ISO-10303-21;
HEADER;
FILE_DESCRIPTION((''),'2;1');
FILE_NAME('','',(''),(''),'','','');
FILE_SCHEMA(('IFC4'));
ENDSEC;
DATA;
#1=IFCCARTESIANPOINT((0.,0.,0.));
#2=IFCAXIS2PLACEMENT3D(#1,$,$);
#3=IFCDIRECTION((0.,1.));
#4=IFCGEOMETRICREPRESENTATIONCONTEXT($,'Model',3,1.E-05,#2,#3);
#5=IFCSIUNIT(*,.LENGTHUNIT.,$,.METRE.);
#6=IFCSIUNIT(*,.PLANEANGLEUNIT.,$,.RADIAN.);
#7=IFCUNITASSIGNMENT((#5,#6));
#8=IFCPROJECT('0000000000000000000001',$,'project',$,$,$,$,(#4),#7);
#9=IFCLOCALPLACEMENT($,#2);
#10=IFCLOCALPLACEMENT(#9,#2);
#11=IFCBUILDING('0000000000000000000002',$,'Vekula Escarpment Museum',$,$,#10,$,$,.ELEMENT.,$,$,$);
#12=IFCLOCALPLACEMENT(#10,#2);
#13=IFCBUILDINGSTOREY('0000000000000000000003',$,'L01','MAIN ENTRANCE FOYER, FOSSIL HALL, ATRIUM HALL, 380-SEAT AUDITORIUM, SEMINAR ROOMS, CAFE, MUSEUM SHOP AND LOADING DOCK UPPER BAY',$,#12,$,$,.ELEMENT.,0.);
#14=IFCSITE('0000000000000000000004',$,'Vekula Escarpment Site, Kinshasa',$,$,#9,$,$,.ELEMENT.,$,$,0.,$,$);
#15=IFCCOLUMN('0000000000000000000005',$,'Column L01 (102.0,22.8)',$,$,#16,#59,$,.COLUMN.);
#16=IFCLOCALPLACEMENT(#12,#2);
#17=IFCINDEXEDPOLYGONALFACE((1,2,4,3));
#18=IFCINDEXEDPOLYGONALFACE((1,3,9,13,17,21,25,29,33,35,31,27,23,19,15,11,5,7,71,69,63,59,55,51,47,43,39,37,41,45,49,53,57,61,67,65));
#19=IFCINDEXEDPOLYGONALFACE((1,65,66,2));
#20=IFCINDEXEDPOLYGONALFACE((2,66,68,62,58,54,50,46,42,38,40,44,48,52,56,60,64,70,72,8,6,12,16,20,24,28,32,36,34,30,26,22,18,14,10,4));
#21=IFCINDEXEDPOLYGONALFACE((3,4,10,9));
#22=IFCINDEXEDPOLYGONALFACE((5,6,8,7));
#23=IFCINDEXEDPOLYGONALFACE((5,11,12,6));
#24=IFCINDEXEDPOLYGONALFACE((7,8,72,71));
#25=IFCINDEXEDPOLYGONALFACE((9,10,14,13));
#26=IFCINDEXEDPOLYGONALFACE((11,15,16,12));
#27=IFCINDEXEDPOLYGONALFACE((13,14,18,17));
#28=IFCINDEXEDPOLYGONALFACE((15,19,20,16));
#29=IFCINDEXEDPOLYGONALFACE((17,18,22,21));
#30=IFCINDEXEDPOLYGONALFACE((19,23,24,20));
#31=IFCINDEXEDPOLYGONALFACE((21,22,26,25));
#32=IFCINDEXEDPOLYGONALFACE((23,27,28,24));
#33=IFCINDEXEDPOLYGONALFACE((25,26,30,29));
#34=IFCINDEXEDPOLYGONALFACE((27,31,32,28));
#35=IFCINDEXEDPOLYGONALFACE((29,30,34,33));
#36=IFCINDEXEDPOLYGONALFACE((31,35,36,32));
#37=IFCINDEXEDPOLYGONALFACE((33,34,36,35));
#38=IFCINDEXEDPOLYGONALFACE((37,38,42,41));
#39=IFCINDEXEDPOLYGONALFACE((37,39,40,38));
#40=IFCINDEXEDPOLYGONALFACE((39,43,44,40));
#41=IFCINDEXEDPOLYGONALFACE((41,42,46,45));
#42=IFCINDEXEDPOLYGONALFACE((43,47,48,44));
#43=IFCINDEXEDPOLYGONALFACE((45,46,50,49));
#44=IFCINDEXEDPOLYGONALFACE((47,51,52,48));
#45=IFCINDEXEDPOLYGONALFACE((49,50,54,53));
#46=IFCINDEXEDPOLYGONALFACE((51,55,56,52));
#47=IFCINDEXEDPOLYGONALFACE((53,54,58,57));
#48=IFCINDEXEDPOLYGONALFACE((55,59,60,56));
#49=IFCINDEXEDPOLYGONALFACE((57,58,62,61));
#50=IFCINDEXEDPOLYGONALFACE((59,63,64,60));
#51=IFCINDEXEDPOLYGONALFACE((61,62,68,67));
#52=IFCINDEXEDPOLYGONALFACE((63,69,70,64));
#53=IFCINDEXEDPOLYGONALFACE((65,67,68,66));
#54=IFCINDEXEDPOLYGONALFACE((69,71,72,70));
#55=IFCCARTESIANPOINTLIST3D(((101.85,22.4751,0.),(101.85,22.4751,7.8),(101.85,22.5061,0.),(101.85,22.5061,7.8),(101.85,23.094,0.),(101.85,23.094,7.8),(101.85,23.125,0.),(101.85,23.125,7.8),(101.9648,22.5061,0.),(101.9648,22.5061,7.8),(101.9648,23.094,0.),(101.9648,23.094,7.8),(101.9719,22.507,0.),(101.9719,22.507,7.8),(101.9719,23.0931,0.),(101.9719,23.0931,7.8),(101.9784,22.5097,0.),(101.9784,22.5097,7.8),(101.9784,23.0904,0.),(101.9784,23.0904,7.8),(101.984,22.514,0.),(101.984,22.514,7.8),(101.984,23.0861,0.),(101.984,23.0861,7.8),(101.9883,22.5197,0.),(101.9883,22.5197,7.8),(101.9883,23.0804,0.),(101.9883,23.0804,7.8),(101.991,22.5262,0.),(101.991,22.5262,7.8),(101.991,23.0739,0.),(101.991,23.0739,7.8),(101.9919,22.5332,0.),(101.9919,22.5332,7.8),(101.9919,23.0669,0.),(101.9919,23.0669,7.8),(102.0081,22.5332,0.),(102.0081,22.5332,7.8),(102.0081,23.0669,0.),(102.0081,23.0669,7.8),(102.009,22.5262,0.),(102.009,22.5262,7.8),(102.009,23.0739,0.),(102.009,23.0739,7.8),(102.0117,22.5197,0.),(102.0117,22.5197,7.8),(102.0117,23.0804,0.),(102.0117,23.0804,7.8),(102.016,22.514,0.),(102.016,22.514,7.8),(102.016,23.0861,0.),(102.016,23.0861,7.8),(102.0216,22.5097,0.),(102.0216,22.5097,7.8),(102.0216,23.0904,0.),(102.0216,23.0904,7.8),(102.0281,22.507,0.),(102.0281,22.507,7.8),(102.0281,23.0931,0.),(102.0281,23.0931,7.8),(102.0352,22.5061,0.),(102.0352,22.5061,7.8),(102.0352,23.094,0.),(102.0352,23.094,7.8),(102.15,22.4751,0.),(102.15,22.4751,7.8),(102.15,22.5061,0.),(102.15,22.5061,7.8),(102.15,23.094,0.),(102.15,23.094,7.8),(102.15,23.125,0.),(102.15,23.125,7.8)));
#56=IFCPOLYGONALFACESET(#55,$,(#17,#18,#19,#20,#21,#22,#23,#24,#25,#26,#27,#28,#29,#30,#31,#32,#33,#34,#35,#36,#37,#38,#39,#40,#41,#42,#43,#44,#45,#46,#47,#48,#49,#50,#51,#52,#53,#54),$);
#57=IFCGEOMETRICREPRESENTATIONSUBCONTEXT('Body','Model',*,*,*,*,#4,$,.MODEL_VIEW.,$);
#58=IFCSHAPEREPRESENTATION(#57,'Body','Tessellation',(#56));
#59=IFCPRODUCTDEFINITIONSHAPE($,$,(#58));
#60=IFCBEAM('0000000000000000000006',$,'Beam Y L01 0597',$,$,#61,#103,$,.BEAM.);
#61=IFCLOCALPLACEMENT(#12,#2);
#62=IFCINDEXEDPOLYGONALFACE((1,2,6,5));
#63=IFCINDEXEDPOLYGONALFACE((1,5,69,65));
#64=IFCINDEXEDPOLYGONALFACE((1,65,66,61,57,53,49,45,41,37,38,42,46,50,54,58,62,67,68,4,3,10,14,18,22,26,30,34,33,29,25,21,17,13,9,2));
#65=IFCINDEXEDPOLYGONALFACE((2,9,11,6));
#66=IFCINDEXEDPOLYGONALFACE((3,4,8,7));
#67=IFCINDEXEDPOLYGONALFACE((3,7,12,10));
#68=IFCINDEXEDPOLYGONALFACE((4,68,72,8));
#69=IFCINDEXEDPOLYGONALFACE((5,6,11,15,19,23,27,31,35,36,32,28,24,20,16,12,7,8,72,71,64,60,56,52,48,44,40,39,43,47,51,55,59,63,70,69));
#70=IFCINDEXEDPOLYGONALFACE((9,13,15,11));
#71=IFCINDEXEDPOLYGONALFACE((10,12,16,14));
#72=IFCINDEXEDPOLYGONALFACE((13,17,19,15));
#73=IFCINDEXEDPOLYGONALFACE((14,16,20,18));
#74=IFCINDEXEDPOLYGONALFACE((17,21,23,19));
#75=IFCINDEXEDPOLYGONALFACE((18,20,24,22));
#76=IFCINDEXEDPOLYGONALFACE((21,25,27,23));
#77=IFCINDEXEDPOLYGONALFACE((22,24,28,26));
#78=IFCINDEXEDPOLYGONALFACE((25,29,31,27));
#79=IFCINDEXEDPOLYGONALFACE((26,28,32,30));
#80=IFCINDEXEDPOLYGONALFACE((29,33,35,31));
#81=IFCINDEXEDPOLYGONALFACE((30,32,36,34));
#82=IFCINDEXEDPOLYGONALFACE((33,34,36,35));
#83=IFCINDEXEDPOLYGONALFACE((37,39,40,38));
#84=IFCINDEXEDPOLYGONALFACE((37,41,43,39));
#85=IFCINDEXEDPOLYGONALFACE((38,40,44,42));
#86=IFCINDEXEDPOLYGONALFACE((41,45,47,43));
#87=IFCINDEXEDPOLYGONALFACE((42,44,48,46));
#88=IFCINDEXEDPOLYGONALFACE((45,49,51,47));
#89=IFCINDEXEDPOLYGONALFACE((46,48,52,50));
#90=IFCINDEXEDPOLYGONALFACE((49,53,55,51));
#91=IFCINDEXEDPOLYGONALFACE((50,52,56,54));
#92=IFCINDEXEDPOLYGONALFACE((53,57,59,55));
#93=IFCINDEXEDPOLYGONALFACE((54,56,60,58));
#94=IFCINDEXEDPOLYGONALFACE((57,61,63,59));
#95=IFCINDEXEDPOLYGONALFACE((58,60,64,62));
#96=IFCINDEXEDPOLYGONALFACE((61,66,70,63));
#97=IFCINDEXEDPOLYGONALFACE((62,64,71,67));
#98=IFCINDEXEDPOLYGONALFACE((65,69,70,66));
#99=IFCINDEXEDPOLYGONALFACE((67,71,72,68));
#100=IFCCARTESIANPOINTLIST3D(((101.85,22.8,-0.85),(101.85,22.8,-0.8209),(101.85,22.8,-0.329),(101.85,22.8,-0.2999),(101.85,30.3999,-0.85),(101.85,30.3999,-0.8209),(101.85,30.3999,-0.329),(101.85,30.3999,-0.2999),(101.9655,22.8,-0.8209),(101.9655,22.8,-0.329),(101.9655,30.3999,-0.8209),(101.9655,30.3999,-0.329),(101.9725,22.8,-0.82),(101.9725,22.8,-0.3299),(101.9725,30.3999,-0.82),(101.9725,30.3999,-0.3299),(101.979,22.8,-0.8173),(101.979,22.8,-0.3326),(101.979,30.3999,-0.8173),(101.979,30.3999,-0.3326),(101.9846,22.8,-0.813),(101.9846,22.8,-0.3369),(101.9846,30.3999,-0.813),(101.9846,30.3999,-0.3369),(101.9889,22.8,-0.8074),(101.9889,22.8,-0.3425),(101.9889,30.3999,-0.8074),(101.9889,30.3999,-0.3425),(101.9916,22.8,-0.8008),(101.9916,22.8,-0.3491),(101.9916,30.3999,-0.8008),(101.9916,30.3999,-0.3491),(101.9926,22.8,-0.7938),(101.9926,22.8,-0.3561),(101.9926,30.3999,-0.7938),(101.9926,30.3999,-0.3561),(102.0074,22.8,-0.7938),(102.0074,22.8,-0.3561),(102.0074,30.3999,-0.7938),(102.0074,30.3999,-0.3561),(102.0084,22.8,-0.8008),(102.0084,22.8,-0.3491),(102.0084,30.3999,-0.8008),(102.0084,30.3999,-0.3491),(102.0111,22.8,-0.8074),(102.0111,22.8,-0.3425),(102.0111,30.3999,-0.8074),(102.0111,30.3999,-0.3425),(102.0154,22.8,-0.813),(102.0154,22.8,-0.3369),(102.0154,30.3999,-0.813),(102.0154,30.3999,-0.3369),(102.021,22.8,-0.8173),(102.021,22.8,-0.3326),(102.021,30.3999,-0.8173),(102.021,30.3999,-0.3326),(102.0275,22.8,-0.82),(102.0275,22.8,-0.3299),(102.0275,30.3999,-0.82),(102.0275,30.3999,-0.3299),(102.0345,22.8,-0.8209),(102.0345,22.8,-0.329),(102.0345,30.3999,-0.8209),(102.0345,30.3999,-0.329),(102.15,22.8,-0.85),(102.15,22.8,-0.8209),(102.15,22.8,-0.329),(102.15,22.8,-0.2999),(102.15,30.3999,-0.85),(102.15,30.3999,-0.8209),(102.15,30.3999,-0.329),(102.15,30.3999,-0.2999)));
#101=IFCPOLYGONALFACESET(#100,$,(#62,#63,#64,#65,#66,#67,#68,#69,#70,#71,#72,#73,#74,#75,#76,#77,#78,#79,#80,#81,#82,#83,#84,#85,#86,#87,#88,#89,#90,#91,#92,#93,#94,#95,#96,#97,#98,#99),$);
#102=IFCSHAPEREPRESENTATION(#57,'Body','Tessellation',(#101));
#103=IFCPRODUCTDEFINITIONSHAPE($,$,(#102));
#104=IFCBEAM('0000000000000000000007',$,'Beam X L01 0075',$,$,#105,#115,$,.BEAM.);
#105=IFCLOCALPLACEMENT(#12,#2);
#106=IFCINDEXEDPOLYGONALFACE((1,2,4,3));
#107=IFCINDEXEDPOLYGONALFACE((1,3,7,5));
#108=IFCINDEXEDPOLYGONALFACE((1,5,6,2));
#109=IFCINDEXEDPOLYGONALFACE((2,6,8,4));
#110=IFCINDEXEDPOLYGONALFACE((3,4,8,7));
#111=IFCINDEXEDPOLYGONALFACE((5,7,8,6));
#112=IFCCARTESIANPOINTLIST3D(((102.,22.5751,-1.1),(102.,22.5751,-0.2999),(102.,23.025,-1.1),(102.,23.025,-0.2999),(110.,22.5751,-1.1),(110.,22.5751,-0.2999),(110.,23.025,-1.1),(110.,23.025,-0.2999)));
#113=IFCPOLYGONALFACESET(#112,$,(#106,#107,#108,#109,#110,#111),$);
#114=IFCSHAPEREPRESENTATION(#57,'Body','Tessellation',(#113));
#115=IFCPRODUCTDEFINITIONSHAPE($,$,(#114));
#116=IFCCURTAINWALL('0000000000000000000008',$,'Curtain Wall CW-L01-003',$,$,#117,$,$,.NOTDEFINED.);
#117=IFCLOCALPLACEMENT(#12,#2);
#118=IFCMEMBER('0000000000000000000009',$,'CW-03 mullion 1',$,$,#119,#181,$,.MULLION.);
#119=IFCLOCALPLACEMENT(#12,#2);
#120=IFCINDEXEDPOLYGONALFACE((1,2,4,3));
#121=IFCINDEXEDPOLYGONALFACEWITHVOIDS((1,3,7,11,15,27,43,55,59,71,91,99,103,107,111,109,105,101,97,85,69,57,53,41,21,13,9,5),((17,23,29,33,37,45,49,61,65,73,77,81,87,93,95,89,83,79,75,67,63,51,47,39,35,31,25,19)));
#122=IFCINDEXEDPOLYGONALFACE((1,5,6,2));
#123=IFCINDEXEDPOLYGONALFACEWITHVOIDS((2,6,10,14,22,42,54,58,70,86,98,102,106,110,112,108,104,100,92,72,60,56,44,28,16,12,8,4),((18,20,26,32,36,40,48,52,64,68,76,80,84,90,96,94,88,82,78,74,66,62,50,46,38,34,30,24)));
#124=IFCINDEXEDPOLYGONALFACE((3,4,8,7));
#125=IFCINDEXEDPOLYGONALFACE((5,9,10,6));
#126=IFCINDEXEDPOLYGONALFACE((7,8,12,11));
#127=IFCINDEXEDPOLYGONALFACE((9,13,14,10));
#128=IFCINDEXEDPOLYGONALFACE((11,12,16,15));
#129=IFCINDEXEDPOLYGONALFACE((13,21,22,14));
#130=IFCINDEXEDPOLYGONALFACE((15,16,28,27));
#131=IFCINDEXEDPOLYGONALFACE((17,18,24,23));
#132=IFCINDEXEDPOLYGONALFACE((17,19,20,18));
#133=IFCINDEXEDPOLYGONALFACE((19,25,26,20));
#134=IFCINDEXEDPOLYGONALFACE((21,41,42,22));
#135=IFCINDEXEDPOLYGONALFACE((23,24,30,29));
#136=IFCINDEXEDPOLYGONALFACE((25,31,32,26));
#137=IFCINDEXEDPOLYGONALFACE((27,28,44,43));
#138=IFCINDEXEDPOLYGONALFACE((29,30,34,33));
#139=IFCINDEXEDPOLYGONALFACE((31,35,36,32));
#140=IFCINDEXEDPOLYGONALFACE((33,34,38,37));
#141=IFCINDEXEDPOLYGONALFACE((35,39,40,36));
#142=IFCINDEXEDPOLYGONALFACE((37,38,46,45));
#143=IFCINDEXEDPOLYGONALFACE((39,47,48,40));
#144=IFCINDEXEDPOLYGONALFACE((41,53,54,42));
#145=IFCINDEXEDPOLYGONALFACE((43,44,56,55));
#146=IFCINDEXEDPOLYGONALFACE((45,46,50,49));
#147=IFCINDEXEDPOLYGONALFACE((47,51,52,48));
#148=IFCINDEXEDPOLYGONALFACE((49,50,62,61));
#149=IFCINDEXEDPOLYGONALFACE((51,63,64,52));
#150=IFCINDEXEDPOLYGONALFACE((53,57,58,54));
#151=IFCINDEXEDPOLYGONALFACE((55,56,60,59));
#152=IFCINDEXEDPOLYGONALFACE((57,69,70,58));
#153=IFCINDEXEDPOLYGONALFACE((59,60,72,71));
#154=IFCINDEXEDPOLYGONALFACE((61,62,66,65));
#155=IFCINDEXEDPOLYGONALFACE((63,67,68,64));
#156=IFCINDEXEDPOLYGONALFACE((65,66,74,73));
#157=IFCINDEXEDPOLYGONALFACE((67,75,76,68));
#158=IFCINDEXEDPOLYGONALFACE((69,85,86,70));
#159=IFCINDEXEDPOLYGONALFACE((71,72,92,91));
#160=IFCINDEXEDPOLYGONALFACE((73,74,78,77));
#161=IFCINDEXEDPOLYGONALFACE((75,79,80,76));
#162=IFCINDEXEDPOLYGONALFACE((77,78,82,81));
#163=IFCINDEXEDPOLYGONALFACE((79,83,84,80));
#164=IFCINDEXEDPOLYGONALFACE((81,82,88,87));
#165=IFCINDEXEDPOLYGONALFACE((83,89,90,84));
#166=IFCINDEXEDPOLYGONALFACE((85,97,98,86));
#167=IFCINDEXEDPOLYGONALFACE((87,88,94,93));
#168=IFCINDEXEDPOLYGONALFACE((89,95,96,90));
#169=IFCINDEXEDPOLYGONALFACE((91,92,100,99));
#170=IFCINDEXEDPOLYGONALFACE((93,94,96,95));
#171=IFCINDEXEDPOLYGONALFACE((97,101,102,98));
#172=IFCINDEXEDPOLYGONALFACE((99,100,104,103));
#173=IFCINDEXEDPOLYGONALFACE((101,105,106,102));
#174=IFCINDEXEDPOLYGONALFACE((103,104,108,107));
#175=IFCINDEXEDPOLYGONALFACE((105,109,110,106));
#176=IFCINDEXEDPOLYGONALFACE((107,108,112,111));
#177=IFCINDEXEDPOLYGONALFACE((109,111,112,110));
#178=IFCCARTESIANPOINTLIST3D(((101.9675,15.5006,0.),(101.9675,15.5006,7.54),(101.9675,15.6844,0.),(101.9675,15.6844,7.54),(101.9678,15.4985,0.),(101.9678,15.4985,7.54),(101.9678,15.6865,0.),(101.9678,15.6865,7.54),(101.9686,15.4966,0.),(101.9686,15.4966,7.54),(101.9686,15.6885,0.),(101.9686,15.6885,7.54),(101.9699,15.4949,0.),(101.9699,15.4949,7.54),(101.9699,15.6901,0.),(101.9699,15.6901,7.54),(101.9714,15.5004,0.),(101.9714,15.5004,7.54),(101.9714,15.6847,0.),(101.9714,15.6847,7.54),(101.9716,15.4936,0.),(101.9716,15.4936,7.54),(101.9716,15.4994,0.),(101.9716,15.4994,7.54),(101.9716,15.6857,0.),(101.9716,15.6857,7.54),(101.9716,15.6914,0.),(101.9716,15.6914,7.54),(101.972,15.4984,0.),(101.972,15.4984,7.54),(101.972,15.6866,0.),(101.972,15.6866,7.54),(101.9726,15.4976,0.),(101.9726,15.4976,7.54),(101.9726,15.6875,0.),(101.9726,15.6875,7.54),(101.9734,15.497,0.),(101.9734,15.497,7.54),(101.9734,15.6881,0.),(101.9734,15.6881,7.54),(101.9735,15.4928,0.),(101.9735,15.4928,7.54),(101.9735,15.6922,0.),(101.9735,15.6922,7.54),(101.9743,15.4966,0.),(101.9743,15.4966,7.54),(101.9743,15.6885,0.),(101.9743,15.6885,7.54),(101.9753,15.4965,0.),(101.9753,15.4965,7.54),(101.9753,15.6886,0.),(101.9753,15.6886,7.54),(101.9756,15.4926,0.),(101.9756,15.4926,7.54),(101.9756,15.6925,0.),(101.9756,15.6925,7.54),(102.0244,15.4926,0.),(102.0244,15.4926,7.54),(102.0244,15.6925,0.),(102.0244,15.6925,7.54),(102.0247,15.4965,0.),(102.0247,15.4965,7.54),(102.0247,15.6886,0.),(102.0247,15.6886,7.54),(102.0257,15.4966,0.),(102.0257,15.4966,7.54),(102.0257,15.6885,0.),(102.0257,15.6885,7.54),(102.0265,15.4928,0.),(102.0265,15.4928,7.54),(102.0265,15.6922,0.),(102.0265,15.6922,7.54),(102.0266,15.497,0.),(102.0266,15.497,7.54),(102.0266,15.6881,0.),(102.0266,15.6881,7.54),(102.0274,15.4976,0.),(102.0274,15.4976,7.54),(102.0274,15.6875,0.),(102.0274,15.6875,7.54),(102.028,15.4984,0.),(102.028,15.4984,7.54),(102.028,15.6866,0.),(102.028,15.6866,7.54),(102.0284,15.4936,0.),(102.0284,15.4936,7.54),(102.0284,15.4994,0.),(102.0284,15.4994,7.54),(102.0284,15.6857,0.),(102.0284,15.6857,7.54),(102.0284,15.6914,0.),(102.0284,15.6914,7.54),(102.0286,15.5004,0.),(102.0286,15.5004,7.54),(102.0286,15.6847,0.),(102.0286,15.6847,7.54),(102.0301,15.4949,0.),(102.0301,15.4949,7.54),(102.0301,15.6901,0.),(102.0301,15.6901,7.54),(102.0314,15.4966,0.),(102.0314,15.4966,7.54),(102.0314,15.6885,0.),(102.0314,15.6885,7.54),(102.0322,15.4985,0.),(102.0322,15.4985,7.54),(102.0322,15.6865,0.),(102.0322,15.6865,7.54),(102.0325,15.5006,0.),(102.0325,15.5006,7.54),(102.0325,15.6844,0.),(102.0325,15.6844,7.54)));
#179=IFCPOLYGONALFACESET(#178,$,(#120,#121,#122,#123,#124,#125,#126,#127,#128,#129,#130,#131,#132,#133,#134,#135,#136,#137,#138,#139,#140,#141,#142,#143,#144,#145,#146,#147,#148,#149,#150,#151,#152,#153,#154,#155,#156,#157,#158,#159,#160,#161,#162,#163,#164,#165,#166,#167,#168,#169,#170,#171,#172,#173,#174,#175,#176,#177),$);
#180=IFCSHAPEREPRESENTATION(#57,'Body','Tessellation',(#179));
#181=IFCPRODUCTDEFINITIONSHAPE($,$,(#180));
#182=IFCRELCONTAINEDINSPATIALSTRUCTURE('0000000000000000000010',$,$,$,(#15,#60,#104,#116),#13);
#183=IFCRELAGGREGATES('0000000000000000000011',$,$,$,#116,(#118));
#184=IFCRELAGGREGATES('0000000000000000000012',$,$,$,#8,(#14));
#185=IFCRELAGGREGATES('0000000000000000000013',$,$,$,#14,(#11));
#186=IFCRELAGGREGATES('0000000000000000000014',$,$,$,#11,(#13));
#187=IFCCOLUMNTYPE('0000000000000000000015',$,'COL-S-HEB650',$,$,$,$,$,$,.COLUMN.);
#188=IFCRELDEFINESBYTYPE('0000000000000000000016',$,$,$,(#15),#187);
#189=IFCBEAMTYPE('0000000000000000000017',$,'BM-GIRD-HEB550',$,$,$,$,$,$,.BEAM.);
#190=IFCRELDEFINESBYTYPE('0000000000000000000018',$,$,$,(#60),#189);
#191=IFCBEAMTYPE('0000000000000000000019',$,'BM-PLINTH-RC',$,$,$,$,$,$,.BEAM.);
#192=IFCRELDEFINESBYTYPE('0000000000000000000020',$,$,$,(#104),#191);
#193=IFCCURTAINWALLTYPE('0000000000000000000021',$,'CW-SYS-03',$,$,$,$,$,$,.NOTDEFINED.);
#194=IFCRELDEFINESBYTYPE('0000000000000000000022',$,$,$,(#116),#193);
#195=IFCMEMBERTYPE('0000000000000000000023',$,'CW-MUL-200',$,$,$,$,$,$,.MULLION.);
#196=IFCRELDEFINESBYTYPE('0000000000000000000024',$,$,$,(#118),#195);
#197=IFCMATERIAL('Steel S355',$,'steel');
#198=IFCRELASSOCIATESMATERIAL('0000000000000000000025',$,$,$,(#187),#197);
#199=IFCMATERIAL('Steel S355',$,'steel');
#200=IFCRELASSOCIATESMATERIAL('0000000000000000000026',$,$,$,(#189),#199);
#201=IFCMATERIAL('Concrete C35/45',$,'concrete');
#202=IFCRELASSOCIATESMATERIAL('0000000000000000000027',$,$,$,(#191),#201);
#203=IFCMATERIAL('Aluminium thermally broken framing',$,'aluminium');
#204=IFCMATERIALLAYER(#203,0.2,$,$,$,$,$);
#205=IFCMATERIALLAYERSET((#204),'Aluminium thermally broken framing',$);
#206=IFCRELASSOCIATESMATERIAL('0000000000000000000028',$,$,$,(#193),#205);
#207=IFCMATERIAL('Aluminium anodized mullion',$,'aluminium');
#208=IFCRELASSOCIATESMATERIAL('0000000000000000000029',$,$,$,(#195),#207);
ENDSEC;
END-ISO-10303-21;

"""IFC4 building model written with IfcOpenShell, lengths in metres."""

from ifc_helpers import new_model, si_unit, direction, frame, origin, origin_2d, place, context, subcontext, project, spatial, rectangle, hollow_rectangle, i_section, extrude, material, layer, layer_set, material_profile, profile_set, type_object, element, aggregate, save


model = new_model("IFC4")

# Units and contexts
model_context = context("Model", 3, precision=1e-05, world=origin(), true_north=direction((0.0, 1.0)))
body_context = subcontext(model_context, "Body", "Model", "MODEL_VIEW")
ifc_project = project(units=[si_unit("LENGTHUNIT", "METRE"), si_unit("PLANEANGLEUNIT", "RADIAN")], contexts=[model_context])

# Site, building, storey
site_placement = place(None, origin())
site = spatial("IfcSite", under=ifc_project, at=site_placement, Name="Vekula Escarpment Site, Kinshasa", CompositionType="ELEMENT", RefElevation=0.0)
building_placement = place(site_placement, origin())
building = spatial("IfcBuilding", under=site, at=building_placement, Name="Vekula Escarpment Museum", CompositionType="ELEMENT")
storey_placement = place(building_placement, origin())
storey = spatial("IfcBuildingStorey", under=building, at=storey_placement, Name="L01", Description="MAIN ENTRANCE FOYER, FOSSIL HALL, ATRIUM HALL, 380-SEAT AUDITORIUM, SEMINAR ROOMS, CAFE, MUSEUM SHOP AND LOADING DOCK UPPER BAY", CompositionType="ELEMENT", Elevation=0.0)

# Column
ifc_material_1 = material(Name="Steel S355", Category="steel")
ifc_material_profile_1 = material_profile(ifc_material_1, i_section(OverallWidth=0.3, OverallDepth=0.6499, WebThickness=0.0161, FlangeThickness=0.031, FilletRadius=0.0271, at=origin_2d()), Name="HEB 650")
ifc_profile_set_1 = profile_set([ifc_material_profile_1], Name="Steel S355")
column_type = type_object("IfcColumnType", Name="COL-S-HEB650", PredefinedType="COLUMN", material=ifc_profile_set_1)
column_placement = place(storey_placement, frame((102.0, 22.8, 0.0), z_axis=(0.0, 0.0, 1.0), x_axis=(1.0, 0.0, 0.0)))
element("IfcColumn", 1, at=column_placement, inside=storey, type_object=column_type, Name="Column L01 (102.0,22.8)", PredefinedType="COLUMN", context=body_context, shape_type="SweptSolid", body=[
    extrude(i_section(OverallWidth=0.3, OverallDepth=0.6499, WebThickness=0.0161, FlangeThickness=0.031, FilletRadius=0.0271, at=origin_2d()), origin(), (0.0, 0.0, 1.0), 7.8),
])

# Beams
ifc_material_2 = material(Name="Steel S355", Category="steel")
ifc_material_profile_2 = material_profile(ifc_material_2, i_section(OverallWidth=0.3, OverallDepth=0.55, WebThickness=0.0149, FlangeThickness=0.0291, FilletRadius=0.0271, at=origin_2d()), Name="HEB 550")
ifc_profile_set_2 = profile_set([ifc_material_profile_2], Name="Steel S355")
beam_type_1 = type_object("IfcBeamType", Name="BM-GIRD-HEB550", PredefinedType="BEAM", material=ifc_profile_set_2)
beam_1_placement = place(storey_placement, frame((102.0, 22.8, -0.575), z_axis=(0.0, 1.0, 0.0), x_axis=(-1.0, 0.0, 0.0)))
element("IfcBeam", 2, at=beam_1_placement, inside=storey, type_object=beam_type_1, Name="Beam Y L01 0597", PredefinedType="BEAM", context=body_context, shape_type="SweptSolid", body=[
    extrude(i_section(OverallWidth=0.3, OverallDepth=0.55, WebThickness=0.0149, FlangeThickness=0.0291, FilletRadius=0.0271, at=origin_2d()), origin(), (0.0, 0.0, 1.0), 7.5999),
])
ifc_material_3 = material(Name="Concrete C35/45", Category="concrete")
ifc_material_profile_3 = material_profile(ifc_material_3, rectangle(XDim=0.45, YDim=0.8, at=origin_2d()), Name="RC 450x800")
ifc_profile_set_3 = profile_set([ifc_material_profile_3], Name="Concrete C35/45")
beam_type_2 = type_object("IfcBeamType", Name="BM-PLINTH-RC", PredefinedType="BEAM", material=ifc_profile_set_3)
beam_2_placement = place(storey_placement, frame((102.0, 22.8, -0.7), z_axis=(1.0, 0.0, 0.0), x_axis=(0.0, 1.0, 0.0)))
element("IfcBeam", 3, at=beam_2_placement, inside=storey, type_object=beam_type_2, Name="Beam X L01 0075", PredefinedType="BEAM", context=body_context, shape_type="SweptSolid", body=[
    extrude(rectangle(XDim=0.45, YDim=0.8, at=origin_2d()), origin(), (0.0, 0.0, 1.0), 8.0),
])

# Curtain wall, member
ifc_material_4 = material(Name="Aluminium thermally broken framing", Category="aluminium")
ifc_layer_1 = layer(ifc_material_4, 0.2)
ifc_layer_set_1 = layer_set([ifc_layer_1], Name="Aluminium thermally broken framing")
curtain_wall_type_1 = type_object("IfcCurtainWallType", Name="CW-SYS-03", PredefinedType="NOTDEFINED", material=ifc_layer_set_1)
curtain_wall_1_placement = place(storey_placement, origin())
curtain_wall_1 = element("IfcCurtainWall", 4, at=curtain_wall_1_placement, inside=storey, type_object=curtain_wall_type_1, Name="Curtain Wall CW-L01-003", PredefinedType="NOTDEFINED")
ifc_material_5 = material(Name="Aluminium anodized mullion", Category="aluminium")
ifc_material_profile_4 = material_profile(ifc_material_5, hollow_rectangle(XDim=0.0649, YDim=0.2, WallThickness=0.0039, InnerFilletRadius=0.0039, OuterFilletRadius=0.0081, at=origin_2d()), Name="ALU 200x65x4")
ifc_profile_set_4 = profile_set([ifc_material_profile_4], Name="Aluminium anodized mullion")
member_type_1 = type_object("IfcMemberType", Name="CW-MUL-200", PredefinedType="MULLION", material=ifc_profile_set_4)
member_1_placement = place(storey_placement, frame((102.0, 15.5925, 0.0), z_axis=(0.0, 0.0, 1.0), x_axis=(-1.0, 0.0, 0.0)))
member_1 = element("IfcMember", 5, at=member_1_placement, type_object=member_type_1, Name="CW-03 mullion 1", PredefinedType="MULLION", context=body_context, shape_type="SweptSolid", body=[
    extrude(hollow_rectangle(XDim=0.0649, YDim=0.2, WallThickness=0.0039, InnerFilletRadius=0.0039, OuterFilletRadius=0.0081, at=origin_2d()), origin(), (0.0, 0.0, 1.0), 7.54),
])

aggregate(curtain_wall_1, [member_1])

save(model, "model.ifc")
